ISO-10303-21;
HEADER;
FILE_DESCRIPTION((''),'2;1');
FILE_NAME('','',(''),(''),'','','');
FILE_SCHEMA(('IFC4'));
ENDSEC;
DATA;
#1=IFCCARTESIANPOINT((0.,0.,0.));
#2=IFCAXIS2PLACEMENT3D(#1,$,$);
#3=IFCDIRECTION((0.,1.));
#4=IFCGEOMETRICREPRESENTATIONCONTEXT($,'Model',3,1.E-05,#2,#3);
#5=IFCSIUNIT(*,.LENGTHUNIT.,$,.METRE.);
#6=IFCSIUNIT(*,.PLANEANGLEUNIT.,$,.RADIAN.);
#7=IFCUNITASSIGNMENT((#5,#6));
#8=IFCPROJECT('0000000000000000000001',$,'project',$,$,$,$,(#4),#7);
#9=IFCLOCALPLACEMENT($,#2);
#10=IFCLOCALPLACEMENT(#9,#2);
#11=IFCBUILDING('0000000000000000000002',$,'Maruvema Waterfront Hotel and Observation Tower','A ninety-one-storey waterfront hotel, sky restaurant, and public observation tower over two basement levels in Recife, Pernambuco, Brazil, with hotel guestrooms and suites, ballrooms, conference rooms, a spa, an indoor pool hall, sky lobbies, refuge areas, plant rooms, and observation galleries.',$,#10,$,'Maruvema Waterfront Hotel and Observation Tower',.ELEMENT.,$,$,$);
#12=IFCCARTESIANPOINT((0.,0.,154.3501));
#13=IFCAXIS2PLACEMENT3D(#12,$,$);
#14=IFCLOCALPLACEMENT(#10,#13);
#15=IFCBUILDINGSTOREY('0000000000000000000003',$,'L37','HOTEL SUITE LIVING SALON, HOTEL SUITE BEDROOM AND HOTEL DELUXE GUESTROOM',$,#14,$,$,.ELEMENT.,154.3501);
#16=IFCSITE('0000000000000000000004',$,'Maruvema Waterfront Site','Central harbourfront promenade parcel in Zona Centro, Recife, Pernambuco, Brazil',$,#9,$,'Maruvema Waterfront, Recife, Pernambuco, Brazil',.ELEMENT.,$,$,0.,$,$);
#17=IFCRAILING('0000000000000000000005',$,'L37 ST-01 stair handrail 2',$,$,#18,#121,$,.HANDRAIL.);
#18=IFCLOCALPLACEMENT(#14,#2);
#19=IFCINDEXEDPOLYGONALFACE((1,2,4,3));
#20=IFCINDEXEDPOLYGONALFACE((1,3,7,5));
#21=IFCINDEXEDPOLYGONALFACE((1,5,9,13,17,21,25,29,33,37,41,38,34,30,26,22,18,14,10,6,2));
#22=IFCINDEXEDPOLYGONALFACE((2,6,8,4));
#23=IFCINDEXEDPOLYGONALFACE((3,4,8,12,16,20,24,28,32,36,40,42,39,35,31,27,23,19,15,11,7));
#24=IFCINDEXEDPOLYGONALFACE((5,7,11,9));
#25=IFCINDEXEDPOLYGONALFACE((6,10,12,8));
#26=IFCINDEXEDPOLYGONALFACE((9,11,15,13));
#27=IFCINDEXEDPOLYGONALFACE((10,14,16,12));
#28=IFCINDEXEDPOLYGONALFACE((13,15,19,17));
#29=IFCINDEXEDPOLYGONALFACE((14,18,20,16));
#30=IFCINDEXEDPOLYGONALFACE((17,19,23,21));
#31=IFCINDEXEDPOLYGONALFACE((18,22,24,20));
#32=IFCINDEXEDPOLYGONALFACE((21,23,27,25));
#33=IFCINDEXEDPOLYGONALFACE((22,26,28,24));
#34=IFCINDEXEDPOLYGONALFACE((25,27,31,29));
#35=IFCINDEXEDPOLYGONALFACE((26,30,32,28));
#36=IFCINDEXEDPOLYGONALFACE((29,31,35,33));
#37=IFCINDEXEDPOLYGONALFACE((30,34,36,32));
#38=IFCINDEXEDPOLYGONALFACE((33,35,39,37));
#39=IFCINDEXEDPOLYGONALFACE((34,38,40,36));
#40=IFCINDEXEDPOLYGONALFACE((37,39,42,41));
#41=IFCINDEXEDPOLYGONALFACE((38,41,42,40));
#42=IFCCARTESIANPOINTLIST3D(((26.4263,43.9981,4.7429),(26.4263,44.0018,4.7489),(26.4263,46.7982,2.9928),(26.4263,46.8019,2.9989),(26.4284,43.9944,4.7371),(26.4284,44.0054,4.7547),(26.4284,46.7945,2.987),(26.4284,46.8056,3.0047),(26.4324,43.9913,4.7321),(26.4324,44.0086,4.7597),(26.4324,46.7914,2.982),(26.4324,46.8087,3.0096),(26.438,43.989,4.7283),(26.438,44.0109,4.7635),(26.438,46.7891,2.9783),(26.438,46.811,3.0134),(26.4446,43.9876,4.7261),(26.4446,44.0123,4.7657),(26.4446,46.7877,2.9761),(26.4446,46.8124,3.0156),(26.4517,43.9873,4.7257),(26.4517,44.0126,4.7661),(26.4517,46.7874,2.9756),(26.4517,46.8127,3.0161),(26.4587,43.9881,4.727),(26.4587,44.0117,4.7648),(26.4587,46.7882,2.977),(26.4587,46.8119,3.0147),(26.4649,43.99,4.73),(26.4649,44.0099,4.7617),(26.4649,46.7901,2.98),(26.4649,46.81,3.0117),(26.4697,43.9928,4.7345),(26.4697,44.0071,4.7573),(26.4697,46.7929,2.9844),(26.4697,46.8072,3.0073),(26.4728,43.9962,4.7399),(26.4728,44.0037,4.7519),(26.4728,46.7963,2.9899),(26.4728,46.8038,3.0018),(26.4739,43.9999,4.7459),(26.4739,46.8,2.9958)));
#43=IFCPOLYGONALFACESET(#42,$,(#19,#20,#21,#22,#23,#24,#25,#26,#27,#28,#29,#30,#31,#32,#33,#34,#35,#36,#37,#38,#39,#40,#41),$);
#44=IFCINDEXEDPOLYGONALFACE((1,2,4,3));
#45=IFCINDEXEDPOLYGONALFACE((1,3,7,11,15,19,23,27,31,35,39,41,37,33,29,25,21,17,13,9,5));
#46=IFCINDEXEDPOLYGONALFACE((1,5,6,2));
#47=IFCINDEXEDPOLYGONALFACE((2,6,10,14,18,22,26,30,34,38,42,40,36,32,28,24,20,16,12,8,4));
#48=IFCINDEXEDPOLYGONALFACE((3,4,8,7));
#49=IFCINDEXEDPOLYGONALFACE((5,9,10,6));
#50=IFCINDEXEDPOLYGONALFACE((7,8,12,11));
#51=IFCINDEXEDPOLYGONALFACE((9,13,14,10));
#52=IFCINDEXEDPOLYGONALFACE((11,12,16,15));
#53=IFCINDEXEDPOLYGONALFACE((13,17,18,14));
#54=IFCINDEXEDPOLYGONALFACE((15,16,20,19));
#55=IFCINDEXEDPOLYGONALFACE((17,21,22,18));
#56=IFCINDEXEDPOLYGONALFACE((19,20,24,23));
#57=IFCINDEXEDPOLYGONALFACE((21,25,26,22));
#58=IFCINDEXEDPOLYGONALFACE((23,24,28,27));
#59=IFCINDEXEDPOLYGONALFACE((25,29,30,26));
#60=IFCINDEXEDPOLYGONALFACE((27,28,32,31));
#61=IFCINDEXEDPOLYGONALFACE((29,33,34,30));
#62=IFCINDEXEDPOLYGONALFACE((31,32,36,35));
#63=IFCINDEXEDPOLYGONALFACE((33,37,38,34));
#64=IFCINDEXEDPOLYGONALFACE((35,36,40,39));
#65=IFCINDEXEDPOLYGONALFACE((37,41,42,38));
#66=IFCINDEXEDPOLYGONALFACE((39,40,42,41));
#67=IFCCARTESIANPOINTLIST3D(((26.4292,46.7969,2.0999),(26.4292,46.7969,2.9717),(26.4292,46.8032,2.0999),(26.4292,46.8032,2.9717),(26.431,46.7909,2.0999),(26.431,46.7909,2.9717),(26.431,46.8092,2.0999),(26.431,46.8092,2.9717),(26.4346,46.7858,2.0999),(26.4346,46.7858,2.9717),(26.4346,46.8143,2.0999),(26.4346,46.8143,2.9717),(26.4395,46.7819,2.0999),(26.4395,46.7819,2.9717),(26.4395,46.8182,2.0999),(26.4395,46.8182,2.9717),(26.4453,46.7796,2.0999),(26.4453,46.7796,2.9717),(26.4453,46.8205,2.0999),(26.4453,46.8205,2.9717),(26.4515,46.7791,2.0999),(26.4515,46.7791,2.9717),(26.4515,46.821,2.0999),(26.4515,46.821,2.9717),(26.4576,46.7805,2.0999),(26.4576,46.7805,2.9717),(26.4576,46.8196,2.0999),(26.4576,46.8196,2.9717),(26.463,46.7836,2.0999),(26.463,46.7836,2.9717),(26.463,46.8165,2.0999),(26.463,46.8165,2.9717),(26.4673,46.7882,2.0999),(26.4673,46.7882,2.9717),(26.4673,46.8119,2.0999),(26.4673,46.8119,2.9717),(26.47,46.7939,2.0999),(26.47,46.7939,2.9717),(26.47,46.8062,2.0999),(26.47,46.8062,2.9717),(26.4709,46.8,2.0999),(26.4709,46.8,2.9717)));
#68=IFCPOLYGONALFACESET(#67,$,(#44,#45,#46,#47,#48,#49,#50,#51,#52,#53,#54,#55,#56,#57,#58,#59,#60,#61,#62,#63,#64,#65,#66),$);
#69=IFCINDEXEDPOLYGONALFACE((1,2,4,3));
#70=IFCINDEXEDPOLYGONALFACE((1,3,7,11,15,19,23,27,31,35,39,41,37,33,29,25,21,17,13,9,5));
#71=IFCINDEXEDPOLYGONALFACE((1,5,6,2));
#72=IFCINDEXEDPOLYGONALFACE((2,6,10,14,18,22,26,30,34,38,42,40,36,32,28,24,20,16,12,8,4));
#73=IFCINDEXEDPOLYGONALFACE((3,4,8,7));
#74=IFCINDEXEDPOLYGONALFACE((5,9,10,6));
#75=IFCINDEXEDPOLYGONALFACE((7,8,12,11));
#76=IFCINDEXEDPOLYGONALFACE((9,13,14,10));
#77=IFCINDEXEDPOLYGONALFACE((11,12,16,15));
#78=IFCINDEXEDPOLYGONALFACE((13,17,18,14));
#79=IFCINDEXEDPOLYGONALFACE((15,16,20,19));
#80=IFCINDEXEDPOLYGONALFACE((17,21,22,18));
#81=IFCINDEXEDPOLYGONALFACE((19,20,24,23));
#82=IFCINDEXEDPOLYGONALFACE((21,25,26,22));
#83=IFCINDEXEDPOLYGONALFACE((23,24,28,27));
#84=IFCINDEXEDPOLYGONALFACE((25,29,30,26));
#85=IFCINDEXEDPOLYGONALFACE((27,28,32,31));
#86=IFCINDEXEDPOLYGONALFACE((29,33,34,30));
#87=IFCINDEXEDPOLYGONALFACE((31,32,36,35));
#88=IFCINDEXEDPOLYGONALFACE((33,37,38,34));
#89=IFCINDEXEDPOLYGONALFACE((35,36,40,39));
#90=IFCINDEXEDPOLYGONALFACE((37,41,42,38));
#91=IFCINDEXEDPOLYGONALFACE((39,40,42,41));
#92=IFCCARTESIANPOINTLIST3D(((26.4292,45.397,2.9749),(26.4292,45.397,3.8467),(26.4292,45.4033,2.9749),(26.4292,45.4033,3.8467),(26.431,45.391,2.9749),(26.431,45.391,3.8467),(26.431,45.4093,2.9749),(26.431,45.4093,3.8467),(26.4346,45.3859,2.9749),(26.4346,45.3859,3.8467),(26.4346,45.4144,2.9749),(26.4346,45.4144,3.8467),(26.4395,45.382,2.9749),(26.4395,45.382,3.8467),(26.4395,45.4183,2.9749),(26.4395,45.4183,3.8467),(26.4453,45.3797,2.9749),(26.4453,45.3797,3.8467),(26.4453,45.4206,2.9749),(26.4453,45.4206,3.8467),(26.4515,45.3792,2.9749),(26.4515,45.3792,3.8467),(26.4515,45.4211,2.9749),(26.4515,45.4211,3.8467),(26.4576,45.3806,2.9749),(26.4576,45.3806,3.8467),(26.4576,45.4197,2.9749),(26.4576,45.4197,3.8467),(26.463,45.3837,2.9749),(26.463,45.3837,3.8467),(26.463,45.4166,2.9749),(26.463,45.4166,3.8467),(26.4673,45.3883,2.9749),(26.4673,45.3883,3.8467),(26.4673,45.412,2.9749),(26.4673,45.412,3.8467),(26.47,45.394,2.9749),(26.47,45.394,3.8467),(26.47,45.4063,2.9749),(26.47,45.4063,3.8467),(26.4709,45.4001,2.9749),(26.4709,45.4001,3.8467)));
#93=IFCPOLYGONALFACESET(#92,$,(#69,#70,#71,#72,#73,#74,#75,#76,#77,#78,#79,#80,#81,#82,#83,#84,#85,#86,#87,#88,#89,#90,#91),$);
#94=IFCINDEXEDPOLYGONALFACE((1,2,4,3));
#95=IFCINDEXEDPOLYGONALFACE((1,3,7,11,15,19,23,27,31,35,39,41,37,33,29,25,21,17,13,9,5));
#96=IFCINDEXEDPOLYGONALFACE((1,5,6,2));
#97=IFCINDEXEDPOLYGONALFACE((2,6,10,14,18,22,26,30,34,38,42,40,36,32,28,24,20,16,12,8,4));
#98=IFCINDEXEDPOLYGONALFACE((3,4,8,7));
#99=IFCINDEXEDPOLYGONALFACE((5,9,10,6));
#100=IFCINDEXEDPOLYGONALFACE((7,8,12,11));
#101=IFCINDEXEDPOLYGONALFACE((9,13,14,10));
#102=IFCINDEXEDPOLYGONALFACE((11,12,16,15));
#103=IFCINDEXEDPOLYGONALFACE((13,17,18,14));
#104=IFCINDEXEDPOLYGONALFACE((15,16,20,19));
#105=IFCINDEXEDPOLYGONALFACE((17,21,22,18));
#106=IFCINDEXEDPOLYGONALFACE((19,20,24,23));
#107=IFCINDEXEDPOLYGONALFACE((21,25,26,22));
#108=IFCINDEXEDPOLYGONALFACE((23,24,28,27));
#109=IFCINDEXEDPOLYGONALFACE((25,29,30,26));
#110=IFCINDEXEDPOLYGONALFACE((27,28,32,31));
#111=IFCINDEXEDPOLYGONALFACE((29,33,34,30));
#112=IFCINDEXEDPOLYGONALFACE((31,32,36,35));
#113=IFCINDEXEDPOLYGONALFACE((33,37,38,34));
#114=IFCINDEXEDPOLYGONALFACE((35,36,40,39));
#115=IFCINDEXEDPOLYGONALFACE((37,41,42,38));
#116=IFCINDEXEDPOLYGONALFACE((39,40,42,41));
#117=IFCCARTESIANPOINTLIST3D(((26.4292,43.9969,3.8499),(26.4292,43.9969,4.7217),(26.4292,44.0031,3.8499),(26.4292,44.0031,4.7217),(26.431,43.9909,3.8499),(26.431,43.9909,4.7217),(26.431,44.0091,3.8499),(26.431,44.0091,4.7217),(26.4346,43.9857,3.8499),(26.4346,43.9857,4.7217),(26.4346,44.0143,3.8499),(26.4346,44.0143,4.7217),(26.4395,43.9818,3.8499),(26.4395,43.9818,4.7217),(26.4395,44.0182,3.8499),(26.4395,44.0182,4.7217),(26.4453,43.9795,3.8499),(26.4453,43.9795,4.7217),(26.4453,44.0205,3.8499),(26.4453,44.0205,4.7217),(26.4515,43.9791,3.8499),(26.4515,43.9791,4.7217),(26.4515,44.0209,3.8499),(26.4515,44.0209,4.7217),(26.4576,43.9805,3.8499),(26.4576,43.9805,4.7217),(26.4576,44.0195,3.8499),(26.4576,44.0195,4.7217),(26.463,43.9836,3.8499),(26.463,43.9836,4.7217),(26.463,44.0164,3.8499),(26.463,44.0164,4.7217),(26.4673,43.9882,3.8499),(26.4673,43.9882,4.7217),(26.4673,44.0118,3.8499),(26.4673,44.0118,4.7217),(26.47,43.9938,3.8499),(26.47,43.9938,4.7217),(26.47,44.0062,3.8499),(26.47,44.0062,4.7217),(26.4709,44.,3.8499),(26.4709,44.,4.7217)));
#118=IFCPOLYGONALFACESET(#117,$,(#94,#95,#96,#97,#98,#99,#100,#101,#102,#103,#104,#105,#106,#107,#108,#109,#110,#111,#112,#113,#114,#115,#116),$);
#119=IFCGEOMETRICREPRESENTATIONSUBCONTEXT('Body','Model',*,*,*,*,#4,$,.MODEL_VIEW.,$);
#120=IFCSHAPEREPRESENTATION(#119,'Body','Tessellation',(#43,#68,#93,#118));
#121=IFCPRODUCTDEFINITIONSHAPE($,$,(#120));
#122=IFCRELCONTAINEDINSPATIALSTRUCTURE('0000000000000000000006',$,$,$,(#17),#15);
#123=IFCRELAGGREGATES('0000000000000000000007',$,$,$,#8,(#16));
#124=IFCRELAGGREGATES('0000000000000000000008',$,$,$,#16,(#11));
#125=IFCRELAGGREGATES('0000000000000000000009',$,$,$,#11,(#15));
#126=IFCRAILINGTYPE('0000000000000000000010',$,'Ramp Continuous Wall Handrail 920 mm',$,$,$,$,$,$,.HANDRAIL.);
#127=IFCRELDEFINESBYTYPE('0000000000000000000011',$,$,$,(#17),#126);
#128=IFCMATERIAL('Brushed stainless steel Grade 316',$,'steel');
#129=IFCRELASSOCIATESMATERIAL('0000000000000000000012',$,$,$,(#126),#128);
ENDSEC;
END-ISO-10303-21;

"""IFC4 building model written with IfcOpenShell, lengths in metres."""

from ifc_helpers import new_model, si_unit, direction, frame, origin, origin_2d, place, context, subcontext, project, spatial, circle, extrude, material, type_object, element, save


model = new_model("IFC4")

# Units and contexts
model_context = context("Model", 3, precision=1e-05, world=origin(), true_north=direction((0.0, 1.0)))
body_context = subcontext(model_context, "Body", "Model", "MODEL_VIEW")
ifc_project = project(units=[si_unit("LENGTHUNIT", "METRE"), si_unit("PLANEANGLEUNIT", "RADIAN")], contexts=[model_context])

# Site, building, storey
site_placement = place(None, origin())
site = spatial("IfcSite", under=ifc_project, at=site_placement, Name="Maruvema Waterfront Site", Description="Central harbourfront promenade parcel in Zona Centro, Recife, Pernambuco, Brazil", LongName="Maruvema Waterfront, Recife, Pernambuco, Brazil", CompositionType="ELEMENT", RefElevation=0.0)
building_placement = place(site_placement, origin())
building = spatial("IfcBuilding", under=site, at=building_placement, Name="Maruvema Waterfront Hotel and Observation Tower", Description="A ninety-one-storey waterfront hotel, sky restaurant, and public observation tower over two basement levels in Recife, Pernambuco, Brazil, with hotel guestrooms and suites, ballrooms, conference rooms, a spa, an indoor pool hall, sky lobbies, refuge areas, plant rooms, and observation galleries.", LongName="Maruvema Waterfront Hotel and Observation Tower", CompositionType="ELEMENT")
storey_placement = place(building_placement, frame((0.0, 0.0, 154.3501)))
storey = spatial("IfcBuildingStorey", under=building, at=storey_placement, Name="L37", Description="HOTEL SUITE LIVING SALON, HOTEL SUITE BEDROOM AND HOTEL DELUXE GUESTROOM", CompositionType="ELEMENT", Elevation=154.3501)

# Railing
ifc_material_1 = material(Name="Brushed stainless steel Grade 316", Category="steel")
railing_type = type_object("IfcRailingType", Name="Ramp Continuous Wall Handrail 920 mm", PredefinedType="HANDRAIL", material=ifc_material_1)
railing_placement = place(storey_placement, frame((26.45, 46.8, 2.0999)))
element("IfcRailing", 1, at=railing_placement, inside=storey, type_object=railing_type, Name="L37 ST-01 stair handrail 2", PredefinedType="HANDRAIL", context=body_context, shape_type="SweptSolid", body=[
    extrude(circle(Radius=0.0239, at=origin_2d()), frame((0.0, 0.0, 0.896), z_axis=(0.0, -0.848002, 0.529992), x_axis=(1.0, 0.0, 0.0)), (0.0, 0.0, 1.0), 3.302),
    extrude(circle(Radius=0.021, at=origin_2d()), origin(), (0.0, 0.0, 1.0), 0.8718),
    extrude(circle(Radius=0.021, at=origin_2d()), frame((0.0, -1.3999, 0.875)), (0.0, 0.0, 1.0), 0.8718),
    extrude(circle(Radius=0.021, at=origin_2d()), frame((0.0, -2.8, 1.75)), (0.0, 0.0, 1.0), 0.8718),
])

save(model, "model.ifc")
